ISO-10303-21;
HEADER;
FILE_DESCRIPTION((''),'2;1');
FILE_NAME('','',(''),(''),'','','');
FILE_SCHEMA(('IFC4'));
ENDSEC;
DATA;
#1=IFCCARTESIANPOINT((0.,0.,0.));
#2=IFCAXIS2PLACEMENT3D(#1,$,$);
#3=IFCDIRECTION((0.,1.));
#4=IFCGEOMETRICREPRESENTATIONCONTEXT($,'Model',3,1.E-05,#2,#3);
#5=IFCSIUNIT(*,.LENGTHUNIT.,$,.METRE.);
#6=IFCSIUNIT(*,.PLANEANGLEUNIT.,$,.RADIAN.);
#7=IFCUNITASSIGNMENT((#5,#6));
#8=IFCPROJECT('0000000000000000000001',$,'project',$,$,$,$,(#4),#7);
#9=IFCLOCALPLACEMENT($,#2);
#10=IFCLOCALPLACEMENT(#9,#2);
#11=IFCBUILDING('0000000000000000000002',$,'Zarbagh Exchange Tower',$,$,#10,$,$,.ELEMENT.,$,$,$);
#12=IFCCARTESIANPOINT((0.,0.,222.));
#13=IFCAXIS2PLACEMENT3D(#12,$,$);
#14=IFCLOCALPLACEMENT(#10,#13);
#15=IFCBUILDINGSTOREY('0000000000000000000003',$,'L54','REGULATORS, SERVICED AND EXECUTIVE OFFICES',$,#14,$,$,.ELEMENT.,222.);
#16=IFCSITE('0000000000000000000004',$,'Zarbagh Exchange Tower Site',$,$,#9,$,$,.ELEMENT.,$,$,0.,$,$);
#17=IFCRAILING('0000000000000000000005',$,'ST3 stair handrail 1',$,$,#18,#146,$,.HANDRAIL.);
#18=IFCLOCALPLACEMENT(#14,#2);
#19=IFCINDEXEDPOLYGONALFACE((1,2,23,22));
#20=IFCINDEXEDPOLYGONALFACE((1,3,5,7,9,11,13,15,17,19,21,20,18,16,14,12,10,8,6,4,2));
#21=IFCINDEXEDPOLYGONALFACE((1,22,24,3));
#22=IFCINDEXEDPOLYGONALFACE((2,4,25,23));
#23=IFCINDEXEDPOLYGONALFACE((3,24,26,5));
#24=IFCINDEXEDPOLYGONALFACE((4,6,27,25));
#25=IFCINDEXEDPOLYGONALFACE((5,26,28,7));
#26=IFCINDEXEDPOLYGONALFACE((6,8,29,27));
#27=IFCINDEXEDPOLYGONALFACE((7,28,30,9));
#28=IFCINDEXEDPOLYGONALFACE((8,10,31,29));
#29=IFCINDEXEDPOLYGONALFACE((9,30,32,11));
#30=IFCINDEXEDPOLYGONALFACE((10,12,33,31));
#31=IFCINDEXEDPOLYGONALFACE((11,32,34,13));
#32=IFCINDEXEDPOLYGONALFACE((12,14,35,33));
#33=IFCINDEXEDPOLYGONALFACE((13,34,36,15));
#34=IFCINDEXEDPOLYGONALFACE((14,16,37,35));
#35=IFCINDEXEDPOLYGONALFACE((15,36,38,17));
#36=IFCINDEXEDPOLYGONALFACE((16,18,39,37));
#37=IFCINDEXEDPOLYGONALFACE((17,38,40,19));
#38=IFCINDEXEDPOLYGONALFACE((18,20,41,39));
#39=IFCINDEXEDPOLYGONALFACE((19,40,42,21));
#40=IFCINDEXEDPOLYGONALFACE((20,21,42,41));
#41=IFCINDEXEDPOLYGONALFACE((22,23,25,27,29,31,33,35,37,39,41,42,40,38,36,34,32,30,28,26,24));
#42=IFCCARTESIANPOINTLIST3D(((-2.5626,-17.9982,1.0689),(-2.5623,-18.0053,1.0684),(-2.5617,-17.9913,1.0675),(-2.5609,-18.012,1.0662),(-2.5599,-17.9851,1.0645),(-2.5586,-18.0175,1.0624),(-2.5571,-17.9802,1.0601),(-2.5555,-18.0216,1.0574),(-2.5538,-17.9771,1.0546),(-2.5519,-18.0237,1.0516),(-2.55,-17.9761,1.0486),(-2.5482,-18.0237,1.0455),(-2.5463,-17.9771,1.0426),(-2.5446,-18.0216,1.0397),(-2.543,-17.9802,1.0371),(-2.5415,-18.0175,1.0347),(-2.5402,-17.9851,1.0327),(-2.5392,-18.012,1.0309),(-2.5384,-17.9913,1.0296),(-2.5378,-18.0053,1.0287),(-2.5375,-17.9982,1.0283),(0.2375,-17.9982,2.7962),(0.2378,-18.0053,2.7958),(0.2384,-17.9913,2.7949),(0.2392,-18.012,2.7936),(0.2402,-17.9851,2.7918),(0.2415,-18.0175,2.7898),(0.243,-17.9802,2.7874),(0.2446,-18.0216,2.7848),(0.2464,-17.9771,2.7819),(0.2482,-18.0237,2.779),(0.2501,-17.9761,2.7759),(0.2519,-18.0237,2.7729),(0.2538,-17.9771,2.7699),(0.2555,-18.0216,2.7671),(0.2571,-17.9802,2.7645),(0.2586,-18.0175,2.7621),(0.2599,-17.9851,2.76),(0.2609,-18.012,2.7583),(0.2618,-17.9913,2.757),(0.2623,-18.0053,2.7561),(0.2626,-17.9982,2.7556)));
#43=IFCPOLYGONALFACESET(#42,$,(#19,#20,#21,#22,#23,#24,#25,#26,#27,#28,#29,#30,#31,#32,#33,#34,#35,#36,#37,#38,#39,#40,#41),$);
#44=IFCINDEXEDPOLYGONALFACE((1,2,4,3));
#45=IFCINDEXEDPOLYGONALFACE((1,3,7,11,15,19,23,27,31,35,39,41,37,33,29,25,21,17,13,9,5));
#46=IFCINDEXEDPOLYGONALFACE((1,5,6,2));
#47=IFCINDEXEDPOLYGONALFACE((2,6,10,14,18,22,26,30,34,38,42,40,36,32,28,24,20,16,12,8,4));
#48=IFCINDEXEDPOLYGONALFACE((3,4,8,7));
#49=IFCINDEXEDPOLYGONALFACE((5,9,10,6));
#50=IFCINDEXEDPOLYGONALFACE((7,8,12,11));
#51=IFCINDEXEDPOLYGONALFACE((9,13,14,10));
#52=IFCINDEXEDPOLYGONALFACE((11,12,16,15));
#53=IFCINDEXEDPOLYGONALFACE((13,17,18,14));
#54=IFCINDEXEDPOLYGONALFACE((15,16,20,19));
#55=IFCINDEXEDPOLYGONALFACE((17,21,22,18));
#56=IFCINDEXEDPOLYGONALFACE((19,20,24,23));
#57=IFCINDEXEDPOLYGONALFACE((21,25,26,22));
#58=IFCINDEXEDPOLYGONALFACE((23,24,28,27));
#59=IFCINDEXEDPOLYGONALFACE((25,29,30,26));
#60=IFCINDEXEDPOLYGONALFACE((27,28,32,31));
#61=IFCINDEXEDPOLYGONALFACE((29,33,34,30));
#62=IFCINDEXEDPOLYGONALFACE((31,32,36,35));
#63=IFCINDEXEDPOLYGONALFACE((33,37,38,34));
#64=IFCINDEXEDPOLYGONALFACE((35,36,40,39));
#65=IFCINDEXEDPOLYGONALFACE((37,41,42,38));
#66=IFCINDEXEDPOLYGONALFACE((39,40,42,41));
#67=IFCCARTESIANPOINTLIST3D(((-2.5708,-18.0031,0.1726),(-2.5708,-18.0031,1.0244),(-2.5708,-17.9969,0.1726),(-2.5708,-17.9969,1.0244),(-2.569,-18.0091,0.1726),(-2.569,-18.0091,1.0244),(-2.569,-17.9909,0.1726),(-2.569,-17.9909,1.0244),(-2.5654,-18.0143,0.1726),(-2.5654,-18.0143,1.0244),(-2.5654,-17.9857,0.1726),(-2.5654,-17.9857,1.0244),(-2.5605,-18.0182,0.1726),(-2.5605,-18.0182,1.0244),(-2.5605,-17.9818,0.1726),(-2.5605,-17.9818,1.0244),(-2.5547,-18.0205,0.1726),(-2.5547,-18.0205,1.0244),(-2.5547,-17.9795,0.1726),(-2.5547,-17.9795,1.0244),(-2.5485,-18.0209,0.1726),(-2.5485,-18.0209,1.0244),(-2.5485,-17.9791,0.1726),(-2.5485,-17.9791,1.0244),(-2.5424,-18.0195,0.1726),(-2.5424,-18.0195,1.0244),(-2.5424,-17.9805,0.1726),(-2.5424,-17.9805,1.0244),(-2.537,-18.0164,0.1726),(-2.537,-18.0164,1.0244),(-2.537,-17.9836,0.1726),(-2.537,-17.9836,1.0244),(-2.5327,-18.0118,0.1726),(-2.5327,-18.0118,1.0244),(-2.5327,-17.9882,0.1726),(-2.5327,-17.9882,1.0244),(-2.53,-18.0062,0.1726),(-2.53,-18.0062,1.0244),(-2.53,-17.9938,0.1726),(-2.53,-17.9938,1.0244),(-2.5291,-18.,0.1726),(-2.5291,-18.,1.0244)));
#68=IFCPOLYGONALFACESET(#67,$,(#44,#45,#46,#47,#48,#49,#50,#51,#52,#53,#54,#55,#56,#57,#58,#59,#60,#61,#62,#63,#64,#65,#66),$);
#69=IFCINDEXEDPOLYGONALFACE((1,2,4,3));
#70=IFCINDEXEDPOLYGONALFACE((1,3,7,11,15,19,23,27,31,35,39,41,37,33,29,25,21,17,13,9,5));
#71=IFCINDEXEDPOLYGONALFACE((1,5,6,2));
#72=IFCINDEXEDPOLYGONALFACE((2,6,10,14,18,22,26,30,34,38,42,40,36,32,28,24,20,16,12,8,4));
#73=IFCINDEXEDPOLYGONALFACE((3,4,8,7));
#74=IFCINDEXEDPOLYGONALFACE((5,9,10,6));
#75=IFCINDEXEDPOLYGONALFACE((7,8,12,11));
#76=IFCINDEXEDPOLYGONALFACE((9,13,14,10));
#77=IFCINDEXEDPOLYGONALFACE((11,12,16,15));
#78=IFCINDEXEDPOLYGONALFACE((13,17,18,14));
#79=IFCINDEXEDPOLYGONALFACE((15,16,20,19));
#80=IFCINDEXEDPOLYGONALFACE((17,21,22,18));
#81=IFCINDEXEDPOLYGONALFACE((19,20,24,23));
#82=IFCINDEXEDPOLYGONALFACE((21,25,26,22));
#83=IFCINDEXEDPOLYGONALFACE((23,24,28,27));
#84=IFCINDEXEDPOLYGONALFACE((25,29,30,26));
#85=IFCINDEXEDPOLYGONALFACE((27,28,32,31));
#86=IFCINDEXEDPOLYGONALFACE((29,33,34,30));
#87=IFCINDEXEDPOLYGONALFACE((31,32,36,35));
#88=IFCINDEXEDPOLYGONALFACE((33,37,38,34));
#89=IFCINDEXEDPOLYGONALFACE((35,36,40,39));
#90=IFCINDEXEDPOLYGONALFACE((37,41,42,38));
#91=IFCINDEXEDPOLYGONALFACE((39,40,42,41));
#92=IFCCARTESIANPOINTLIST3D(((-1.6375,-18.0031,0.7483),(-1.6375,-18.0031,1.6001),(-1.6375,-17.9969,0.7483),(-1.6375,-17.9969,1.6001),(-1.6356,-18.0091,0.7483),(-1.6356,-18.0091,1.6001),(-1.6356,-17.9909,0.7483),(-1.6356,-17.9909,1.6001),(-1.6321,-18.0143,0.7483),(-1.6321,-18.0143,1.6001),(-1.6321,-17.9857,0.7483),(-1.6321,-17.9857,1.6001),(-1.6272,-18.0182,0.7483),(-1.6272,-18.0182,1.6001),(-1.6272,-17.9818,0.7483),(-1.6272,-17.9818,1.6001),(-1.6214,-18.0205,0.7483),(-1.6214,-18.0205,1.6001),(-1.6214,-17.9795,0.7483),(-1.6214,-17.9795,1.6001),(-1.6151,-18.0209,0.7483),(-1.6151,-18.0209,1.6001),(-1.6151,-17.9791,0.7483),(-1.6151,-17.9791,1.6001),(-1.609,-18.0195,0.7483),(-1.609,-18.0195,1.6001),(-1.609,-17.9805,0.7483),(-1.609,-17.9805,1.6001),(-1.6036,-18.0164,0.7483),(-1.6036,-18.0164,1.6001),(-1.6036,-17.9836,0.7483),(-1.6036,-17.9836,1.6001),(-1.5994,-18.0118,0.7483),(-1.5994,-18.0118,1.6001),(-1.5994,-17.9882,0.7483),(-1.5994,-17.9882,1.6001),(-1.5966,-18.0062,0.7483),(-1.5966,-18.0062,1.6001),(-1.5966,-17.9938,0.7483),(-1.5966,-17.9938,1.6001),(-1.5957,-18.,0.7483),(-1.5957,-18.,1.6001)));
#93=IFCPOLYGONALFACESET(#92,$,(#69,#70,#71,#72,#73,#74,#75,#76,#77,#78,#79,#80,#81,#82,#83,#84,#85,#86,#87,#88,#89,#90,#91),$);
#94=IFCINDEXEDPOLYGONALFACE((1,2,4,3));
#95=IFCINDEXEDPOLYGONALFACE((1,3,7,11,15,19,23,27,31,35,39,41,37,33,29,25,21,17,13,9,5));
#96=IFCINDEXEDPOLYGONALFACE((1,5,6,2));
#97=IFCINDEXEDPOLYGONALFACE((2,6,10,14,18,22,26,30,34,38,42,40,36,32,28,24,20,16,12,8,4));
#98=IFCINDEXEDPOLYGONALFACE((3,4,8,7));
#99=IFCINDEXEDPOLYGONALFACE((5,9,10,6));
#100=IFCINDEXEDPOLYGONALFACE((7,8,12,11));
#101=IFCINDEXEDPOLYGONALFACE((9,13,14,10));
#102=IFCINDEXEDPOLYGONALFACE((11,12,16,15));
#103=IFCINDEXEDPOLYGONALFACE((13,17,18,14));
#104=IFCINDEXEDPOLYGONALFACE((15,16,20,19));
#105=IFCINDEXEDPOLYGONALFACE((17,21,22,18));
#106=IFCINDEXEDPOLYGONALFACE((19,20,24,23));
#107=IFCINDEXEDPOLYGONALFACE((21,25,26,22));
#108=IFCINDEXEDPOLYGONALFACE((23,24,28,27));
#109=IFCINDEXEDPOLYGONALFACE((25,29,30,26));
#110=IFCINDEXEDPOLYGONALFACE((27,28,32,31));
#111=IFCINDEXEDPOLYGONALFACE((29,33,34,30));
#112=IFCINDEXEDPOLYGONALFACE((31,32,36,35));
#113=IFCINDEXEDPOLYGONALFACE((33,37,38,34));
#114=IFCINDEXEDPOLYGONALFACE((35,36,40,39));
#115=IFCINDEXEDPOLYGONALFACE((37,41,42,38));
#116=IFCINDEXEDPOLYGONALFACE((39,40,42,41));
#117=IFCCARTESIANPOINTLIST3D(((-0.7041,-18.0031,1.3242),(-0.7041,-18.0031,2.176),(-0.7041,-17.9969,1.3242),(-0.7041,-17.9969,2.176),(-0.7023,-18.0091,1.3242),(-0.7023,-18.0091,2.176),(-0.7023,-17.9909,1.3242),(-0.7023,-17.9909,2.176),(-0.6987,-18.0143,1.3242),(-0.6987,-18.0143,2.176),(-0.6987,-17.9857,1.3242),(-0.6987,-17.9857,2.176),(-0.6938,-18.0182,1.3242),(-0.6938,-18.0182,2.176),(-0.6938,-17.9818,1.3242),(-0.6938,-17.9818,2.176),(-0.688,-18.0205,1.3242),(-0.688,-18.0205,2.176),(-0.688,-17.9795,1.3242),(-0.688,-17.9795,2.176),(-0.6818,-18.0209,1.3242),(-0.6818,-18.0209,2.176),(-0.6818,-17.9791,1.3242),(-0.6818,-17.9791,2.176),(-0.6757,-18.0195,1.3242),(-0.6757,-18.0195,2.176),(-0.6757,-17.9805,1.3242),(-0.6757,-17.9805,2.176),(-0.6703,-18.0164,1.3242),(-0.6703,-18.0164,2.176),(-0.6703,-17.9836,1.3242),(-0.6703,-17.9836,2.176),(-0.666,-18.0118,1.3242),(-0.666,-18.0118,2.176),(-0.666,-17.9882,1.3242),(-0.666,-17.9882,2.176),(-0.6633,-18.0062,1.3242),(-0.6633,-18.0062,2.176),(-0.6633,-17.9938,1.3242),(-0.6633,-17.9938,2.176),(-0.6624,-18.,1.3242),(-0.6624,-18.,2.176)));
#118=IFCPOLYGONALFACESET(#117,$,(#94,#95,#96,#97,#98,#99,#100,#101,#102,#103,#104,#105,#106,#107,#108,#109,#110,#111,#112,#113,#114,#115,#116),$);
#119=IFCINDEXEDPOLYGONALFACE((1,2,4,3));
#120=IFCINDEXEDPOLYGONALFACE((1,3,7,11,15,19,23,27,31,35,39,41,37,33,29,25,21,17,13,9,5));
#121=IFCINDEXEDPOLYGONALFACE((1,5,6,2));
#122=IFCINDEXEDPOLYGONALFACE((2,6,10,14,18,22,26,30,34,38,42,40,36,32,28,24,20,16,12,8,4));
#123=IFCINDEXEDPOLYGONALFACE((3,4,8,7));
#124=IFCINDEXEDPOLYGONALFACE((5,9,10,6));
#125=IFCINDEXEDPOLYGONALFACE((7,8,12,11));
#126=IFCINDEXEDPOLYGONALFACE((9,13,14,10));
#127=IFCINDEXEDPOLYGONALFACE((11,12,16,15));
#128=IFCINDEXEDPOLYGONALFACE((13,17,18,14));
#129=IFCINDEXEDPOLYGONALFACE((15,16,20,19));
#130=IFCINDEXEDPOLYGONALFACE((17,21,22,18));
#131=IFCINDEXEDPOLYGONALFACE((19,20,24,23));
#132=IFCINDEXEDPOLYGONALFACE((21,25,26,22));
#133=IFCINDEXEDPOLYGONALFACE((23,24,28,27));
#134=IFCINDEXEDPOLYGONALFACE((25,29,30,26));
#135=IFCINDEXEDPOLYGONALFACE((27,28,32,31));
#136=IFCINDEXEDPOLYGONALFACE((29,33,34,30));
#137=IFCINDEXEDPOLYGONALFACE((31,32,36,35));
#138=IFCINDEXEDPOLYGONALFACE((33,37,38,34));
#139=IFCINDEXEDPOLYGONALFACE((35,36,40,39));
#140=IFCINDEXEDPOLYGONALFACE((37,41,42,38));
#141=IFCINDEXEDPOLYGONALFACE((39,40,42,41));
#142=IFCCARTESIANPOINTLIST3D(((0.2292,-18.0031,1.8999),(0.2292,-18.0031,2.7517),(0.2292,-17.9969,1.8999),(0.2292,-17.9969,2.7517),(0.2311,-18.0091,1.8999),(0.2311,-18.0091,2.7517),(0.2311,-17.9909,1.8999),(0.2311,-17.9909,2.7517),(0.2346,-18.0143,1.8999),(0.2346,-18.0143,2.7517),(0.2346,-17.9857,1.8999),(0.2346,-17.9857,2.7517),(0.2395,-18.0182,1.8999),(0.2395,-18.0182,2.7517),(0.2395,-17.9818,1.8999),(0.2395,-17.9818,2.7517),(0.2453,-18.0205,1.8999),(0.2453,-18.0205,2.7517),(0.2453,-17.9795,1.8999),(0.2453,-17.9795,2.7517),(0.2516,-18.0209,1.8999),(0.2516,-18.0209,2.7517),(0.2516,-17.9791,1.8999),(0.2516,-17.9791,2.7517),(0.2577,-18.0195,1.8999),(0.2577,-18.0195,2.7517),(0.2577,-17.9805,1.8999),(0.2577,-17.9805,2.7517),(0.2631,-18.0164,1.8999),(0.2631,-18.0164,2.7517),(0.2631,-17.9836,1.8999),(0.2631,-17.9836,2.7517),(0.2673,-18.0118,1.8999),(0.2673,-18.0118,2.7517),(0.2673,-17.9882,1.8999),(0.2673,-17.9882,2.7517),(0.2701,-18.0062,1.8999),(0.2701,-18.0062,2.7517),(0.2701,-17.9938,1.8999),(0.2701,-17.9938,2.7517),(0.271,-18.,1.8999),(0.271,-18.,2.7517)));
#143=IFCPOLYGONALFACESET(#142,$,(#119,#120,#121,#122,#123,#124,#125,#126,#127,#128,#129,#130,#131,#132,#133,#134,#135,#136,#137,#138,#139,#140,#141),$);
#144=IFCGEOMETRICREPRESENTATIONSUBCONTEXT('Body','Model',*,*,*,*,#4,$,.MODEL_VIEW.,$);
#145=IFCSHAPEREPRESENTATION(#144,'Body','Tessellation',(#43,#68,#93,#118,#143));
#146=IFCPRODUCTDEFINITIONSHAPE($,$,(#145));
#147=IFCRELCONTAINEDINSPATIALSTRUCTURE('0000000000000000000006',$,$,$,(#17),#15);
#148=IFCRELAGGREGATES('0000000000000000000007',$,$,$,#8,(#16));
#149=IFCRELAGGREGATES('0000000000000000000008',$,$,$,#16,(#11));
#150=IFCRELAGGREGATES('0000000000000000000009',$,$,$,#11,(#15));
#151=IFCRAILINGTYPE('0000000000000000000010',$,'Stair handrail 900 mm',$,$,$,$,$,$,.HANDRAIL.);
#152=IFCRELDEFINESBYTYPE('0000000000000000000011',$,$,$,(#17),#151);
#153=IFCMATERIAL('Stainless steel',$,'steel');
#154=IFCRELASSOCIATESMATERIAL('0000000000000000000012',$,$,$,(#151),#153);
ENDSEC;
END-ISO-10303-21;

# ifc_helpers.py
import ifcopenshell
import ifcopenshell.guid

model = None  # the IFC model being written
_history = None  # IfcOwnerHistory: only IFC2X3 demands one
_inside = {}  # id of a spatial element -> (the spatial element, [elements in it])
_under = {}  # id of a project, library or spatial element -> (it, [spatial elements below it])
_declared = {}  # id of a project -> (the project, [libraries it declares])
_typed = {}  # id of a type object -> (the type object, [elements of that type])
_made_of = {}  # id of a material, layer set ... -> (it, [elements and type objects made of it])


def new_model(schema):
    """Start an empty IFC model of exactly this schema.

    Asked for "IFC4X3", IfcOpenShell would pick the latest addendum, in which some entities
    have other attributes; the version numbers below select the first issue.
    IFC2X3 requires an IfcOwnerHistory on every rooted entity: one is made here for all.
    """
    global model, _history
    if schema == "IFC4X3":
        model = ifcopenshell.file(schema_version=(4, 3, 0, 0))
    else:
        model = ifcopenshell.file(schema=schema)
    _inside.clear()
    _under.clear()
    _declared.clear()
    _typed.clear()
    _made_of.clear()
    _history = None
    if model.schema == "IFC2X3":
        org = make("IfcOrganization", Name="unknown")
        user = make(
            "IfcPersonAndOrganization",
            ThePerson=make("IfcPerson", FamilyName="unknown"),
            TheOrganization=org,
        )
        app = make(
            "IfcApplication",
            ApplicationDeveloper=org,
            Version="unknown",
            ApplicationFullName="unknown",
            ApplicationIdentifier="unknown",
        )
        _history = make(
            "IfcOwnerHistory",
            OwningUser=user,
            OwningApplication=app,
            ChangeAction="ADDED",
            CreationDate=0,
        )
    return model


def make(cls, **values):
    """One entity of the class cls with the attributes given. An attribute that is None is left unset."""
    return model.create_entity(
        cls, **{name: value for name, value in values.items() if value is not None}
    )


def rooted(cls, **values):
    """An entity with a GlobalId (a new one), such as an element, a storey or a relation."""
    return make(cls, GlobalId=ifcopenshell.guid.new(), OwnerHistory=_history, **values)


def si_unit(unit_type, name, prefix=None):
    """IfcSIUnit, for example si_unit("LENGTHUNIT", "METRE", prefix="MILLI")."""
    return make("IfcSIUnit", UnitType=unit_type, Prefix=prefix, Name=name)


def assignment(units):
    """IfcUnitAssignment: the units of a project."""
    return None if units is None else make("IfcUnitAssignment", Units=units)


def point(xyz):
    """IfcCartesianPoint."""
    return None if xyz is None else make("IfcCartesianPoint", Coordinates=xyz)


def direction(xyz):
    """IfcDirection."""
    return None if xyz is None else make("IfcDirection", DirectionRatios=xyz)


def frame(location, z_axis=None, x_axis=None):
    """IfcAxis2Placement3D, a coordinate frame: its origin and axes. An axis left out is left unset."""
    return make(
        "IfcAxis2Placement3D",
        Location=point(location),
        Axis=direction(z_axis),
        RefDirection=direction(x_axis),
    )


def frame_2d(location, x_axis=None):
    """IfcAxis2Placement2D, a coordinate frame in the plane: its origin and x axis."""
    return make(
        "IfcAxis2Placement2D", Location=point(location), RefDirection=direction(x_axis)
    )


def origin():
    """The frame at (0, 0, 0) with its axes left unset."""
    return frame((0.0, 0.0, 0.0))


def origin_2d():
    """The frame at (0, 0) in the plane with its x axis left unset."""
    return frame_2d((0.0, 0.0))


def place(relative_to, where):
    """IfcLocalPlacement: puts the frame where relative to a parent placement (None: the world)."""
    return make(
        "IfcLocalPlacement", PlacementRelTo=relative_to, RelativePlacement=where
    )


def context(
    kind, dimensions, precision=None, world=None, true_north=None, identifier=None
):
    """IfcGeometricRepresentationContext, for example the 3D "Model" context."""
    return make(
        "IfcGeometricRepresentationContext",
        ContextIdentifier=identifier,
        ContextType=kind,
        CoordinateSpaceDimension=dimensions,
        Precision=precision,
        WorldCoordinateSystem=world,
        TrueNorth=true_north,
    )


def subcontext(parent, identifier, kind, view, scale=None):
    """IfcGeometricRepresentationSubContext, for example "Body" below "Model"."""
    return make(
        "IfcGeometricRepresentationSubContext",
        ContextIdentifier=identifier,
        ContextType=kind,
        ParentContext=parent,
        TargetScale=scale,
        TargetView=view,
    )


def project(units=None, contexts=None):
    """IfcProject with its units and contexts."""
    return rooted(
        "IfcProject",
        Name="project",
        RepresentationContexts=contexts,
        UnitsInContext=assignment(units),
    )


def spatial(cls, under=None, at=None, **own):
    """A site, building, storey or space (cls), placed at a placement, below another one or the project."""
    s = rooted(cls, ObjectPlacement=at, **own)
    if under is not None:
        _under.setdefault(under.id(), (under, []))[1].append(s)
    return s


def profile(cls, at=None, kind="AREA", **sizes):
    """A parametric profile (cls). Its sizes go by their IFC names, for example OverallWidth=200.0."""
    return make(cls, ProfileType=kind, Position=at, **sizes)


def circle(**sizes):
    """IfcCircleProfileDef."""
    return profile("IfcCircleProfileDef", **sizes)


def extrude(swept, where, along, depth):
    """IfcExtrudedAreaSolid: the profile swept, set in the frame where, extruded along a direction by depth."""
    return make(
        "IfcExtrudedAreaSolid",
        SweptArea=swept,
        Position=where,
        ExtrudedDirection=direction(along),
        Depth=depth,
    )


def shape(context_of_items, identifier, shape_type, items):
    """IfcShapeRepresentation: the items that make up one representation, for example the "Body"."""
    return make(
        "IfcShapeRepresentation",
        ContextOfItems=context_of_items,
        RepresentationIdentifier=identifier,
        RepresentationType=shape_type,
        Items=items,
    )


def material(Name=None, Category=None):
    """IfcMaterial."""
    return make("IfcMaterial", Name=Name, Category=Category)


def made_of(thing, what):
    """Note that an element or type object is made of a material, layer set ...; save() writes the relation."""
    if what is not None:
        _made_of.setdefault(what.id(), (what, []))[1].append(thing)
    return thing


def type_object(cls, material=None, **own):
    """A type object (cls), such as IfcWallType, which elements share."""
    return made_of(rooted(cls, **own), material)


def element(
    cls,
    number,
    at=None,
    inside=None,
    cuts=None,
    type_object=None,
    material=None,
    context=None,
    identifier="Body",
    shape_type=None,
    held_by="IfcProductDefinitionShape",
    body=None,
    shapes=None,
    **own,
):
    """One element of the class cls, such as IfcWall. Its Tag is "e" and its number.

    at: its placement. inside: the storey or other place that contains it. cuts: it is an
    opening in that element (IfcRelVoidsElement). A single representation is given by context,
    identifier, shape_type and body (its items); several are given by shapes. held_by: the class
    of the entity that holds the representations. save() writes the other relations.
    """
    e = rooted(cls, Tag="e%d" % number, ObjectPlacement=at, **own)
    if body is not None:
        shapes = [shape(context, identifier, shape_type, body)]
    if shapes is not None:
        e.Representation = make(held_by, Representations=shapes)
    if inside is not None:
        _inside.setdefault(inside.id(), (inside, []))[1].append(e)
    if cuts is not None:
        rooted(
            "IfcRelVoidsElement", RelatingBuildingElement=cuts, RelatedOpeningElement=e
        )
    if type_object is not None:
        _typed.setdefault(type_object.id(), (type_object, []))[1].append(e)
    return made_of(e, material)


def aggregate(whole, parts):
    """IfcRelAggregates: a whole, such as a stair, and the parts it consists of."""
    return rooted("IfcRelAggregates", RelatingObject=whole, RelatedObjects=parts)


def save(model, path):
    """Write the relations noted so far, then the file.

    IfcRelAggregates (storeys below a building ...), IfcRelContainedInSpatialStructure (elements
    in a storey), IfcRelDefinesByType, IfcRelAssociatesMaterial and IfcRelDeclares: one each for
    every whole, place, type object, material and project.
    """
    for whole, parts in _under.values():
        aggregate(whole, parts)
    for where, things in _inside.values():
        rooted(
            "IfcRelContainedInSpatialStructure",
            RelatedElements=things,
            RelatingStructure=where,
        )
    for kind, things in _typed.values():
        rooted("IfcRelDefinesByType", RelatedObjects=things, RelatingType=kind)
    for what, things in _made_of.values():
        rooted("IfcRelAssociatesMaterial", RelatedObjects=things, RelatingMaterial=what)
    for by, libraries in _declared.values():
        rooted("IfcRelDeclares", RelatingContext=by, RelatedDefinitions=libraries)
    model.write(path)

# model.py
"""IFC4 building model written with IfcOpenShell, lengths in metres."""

from ifc_helpers import new_model, si_unit, direction, frame, origin, origin_2d, place, context, subcontext, project, spatial, circle, extrude, material, type_object, element, save


model = new_model("IFC4")

# Units and contexts
model_context = context("Model", 3, precision=1e-05, world=origin(), true_north=direction((0.0, 1.0)))
body_context = subcontext(model_context, "Body", "Model", "MODEL_VIEW")
ifc_project = project(units=[si_unit("LENGTHUNIT", "METRE"), si_unit("PLANEANGLEUNIT", "RADIAN")], contexts=[model_context])

# Site, building, storey
site_placement = place(None, origin())
site = spatial("IfcSite", under=ifc_project, at=site_placement, Name="Zarbagh Exchange Tower Site", CompositionType="ELEMENT", RefElevation=0.0)
building_placement = place(site_placement, origin())
building = spatial("IfcBuilding", under=site, at=building_placement, Name="Zarbagh Exchange Tower", CompositionType="ELEMENT")
storey_placement = place(building_placement, frame((0.0, 0.0, 222.0)))
storey = spatial("IfcBuildingStorey", under=building, at=storey_placement, Name="L54", Description="REGULATORS, SERVICED AND EXECUTIVE OFFICES", CompositionType="ELEMENT", Elevation=222.0)

# Railing
ifc_material_1 = material(Name="Stainless steel", Category="steel")
railing_type_1 = type_object("IfcRailingType", Name="Stair handrail 900 mm", PredefinedType="HANDRAIL", material=ifc_material_1)
railing_1_placement = place(storey_placement, frame((-2.55, -18.0, 0.1726)))
element("IfcRailing", 1, at=railing_1_placement, inside=storey, type_object=railing_type_1, Name="ST3 stair handrail 1", PredefinedType="HANDRAIL", context=body_context, shape_type="SweptSolid", body=[
    extrude(circle(Radius=0.0239, at=origin_2d()), frame((0.0, 0.0, 0.876), z_axis=(0.85109, 0.0, 0.52502), x_axis=(0.0, 1.0, 0.0)), (0.0, 0.0, 1.0), 3.29),
    extrude(circle(Radius=0.021, at=origin_2d()), origin(), (0.0, 0.0, 1.0), 0.8518),
    extrude(circle(Radius=0.021, at=origin_2d()), frame((0.9333, 0.0, 0.5757)), (0.0, 0.0, 1.0), 0.8518),
    extrude(circle(Radius=0.021, at=origin_2d()), frame((1.8667, 0.0, 1.1516)), (0.0, 0.0, 1.0), 0.8518),
    extrude(circle(Radius=0.021, at=origin_2d()), frame((2.8, 0.0, 1.7273)), (0.0, 0.0, 1.0), 0.8518),
])

save(model, "model.ifc")
